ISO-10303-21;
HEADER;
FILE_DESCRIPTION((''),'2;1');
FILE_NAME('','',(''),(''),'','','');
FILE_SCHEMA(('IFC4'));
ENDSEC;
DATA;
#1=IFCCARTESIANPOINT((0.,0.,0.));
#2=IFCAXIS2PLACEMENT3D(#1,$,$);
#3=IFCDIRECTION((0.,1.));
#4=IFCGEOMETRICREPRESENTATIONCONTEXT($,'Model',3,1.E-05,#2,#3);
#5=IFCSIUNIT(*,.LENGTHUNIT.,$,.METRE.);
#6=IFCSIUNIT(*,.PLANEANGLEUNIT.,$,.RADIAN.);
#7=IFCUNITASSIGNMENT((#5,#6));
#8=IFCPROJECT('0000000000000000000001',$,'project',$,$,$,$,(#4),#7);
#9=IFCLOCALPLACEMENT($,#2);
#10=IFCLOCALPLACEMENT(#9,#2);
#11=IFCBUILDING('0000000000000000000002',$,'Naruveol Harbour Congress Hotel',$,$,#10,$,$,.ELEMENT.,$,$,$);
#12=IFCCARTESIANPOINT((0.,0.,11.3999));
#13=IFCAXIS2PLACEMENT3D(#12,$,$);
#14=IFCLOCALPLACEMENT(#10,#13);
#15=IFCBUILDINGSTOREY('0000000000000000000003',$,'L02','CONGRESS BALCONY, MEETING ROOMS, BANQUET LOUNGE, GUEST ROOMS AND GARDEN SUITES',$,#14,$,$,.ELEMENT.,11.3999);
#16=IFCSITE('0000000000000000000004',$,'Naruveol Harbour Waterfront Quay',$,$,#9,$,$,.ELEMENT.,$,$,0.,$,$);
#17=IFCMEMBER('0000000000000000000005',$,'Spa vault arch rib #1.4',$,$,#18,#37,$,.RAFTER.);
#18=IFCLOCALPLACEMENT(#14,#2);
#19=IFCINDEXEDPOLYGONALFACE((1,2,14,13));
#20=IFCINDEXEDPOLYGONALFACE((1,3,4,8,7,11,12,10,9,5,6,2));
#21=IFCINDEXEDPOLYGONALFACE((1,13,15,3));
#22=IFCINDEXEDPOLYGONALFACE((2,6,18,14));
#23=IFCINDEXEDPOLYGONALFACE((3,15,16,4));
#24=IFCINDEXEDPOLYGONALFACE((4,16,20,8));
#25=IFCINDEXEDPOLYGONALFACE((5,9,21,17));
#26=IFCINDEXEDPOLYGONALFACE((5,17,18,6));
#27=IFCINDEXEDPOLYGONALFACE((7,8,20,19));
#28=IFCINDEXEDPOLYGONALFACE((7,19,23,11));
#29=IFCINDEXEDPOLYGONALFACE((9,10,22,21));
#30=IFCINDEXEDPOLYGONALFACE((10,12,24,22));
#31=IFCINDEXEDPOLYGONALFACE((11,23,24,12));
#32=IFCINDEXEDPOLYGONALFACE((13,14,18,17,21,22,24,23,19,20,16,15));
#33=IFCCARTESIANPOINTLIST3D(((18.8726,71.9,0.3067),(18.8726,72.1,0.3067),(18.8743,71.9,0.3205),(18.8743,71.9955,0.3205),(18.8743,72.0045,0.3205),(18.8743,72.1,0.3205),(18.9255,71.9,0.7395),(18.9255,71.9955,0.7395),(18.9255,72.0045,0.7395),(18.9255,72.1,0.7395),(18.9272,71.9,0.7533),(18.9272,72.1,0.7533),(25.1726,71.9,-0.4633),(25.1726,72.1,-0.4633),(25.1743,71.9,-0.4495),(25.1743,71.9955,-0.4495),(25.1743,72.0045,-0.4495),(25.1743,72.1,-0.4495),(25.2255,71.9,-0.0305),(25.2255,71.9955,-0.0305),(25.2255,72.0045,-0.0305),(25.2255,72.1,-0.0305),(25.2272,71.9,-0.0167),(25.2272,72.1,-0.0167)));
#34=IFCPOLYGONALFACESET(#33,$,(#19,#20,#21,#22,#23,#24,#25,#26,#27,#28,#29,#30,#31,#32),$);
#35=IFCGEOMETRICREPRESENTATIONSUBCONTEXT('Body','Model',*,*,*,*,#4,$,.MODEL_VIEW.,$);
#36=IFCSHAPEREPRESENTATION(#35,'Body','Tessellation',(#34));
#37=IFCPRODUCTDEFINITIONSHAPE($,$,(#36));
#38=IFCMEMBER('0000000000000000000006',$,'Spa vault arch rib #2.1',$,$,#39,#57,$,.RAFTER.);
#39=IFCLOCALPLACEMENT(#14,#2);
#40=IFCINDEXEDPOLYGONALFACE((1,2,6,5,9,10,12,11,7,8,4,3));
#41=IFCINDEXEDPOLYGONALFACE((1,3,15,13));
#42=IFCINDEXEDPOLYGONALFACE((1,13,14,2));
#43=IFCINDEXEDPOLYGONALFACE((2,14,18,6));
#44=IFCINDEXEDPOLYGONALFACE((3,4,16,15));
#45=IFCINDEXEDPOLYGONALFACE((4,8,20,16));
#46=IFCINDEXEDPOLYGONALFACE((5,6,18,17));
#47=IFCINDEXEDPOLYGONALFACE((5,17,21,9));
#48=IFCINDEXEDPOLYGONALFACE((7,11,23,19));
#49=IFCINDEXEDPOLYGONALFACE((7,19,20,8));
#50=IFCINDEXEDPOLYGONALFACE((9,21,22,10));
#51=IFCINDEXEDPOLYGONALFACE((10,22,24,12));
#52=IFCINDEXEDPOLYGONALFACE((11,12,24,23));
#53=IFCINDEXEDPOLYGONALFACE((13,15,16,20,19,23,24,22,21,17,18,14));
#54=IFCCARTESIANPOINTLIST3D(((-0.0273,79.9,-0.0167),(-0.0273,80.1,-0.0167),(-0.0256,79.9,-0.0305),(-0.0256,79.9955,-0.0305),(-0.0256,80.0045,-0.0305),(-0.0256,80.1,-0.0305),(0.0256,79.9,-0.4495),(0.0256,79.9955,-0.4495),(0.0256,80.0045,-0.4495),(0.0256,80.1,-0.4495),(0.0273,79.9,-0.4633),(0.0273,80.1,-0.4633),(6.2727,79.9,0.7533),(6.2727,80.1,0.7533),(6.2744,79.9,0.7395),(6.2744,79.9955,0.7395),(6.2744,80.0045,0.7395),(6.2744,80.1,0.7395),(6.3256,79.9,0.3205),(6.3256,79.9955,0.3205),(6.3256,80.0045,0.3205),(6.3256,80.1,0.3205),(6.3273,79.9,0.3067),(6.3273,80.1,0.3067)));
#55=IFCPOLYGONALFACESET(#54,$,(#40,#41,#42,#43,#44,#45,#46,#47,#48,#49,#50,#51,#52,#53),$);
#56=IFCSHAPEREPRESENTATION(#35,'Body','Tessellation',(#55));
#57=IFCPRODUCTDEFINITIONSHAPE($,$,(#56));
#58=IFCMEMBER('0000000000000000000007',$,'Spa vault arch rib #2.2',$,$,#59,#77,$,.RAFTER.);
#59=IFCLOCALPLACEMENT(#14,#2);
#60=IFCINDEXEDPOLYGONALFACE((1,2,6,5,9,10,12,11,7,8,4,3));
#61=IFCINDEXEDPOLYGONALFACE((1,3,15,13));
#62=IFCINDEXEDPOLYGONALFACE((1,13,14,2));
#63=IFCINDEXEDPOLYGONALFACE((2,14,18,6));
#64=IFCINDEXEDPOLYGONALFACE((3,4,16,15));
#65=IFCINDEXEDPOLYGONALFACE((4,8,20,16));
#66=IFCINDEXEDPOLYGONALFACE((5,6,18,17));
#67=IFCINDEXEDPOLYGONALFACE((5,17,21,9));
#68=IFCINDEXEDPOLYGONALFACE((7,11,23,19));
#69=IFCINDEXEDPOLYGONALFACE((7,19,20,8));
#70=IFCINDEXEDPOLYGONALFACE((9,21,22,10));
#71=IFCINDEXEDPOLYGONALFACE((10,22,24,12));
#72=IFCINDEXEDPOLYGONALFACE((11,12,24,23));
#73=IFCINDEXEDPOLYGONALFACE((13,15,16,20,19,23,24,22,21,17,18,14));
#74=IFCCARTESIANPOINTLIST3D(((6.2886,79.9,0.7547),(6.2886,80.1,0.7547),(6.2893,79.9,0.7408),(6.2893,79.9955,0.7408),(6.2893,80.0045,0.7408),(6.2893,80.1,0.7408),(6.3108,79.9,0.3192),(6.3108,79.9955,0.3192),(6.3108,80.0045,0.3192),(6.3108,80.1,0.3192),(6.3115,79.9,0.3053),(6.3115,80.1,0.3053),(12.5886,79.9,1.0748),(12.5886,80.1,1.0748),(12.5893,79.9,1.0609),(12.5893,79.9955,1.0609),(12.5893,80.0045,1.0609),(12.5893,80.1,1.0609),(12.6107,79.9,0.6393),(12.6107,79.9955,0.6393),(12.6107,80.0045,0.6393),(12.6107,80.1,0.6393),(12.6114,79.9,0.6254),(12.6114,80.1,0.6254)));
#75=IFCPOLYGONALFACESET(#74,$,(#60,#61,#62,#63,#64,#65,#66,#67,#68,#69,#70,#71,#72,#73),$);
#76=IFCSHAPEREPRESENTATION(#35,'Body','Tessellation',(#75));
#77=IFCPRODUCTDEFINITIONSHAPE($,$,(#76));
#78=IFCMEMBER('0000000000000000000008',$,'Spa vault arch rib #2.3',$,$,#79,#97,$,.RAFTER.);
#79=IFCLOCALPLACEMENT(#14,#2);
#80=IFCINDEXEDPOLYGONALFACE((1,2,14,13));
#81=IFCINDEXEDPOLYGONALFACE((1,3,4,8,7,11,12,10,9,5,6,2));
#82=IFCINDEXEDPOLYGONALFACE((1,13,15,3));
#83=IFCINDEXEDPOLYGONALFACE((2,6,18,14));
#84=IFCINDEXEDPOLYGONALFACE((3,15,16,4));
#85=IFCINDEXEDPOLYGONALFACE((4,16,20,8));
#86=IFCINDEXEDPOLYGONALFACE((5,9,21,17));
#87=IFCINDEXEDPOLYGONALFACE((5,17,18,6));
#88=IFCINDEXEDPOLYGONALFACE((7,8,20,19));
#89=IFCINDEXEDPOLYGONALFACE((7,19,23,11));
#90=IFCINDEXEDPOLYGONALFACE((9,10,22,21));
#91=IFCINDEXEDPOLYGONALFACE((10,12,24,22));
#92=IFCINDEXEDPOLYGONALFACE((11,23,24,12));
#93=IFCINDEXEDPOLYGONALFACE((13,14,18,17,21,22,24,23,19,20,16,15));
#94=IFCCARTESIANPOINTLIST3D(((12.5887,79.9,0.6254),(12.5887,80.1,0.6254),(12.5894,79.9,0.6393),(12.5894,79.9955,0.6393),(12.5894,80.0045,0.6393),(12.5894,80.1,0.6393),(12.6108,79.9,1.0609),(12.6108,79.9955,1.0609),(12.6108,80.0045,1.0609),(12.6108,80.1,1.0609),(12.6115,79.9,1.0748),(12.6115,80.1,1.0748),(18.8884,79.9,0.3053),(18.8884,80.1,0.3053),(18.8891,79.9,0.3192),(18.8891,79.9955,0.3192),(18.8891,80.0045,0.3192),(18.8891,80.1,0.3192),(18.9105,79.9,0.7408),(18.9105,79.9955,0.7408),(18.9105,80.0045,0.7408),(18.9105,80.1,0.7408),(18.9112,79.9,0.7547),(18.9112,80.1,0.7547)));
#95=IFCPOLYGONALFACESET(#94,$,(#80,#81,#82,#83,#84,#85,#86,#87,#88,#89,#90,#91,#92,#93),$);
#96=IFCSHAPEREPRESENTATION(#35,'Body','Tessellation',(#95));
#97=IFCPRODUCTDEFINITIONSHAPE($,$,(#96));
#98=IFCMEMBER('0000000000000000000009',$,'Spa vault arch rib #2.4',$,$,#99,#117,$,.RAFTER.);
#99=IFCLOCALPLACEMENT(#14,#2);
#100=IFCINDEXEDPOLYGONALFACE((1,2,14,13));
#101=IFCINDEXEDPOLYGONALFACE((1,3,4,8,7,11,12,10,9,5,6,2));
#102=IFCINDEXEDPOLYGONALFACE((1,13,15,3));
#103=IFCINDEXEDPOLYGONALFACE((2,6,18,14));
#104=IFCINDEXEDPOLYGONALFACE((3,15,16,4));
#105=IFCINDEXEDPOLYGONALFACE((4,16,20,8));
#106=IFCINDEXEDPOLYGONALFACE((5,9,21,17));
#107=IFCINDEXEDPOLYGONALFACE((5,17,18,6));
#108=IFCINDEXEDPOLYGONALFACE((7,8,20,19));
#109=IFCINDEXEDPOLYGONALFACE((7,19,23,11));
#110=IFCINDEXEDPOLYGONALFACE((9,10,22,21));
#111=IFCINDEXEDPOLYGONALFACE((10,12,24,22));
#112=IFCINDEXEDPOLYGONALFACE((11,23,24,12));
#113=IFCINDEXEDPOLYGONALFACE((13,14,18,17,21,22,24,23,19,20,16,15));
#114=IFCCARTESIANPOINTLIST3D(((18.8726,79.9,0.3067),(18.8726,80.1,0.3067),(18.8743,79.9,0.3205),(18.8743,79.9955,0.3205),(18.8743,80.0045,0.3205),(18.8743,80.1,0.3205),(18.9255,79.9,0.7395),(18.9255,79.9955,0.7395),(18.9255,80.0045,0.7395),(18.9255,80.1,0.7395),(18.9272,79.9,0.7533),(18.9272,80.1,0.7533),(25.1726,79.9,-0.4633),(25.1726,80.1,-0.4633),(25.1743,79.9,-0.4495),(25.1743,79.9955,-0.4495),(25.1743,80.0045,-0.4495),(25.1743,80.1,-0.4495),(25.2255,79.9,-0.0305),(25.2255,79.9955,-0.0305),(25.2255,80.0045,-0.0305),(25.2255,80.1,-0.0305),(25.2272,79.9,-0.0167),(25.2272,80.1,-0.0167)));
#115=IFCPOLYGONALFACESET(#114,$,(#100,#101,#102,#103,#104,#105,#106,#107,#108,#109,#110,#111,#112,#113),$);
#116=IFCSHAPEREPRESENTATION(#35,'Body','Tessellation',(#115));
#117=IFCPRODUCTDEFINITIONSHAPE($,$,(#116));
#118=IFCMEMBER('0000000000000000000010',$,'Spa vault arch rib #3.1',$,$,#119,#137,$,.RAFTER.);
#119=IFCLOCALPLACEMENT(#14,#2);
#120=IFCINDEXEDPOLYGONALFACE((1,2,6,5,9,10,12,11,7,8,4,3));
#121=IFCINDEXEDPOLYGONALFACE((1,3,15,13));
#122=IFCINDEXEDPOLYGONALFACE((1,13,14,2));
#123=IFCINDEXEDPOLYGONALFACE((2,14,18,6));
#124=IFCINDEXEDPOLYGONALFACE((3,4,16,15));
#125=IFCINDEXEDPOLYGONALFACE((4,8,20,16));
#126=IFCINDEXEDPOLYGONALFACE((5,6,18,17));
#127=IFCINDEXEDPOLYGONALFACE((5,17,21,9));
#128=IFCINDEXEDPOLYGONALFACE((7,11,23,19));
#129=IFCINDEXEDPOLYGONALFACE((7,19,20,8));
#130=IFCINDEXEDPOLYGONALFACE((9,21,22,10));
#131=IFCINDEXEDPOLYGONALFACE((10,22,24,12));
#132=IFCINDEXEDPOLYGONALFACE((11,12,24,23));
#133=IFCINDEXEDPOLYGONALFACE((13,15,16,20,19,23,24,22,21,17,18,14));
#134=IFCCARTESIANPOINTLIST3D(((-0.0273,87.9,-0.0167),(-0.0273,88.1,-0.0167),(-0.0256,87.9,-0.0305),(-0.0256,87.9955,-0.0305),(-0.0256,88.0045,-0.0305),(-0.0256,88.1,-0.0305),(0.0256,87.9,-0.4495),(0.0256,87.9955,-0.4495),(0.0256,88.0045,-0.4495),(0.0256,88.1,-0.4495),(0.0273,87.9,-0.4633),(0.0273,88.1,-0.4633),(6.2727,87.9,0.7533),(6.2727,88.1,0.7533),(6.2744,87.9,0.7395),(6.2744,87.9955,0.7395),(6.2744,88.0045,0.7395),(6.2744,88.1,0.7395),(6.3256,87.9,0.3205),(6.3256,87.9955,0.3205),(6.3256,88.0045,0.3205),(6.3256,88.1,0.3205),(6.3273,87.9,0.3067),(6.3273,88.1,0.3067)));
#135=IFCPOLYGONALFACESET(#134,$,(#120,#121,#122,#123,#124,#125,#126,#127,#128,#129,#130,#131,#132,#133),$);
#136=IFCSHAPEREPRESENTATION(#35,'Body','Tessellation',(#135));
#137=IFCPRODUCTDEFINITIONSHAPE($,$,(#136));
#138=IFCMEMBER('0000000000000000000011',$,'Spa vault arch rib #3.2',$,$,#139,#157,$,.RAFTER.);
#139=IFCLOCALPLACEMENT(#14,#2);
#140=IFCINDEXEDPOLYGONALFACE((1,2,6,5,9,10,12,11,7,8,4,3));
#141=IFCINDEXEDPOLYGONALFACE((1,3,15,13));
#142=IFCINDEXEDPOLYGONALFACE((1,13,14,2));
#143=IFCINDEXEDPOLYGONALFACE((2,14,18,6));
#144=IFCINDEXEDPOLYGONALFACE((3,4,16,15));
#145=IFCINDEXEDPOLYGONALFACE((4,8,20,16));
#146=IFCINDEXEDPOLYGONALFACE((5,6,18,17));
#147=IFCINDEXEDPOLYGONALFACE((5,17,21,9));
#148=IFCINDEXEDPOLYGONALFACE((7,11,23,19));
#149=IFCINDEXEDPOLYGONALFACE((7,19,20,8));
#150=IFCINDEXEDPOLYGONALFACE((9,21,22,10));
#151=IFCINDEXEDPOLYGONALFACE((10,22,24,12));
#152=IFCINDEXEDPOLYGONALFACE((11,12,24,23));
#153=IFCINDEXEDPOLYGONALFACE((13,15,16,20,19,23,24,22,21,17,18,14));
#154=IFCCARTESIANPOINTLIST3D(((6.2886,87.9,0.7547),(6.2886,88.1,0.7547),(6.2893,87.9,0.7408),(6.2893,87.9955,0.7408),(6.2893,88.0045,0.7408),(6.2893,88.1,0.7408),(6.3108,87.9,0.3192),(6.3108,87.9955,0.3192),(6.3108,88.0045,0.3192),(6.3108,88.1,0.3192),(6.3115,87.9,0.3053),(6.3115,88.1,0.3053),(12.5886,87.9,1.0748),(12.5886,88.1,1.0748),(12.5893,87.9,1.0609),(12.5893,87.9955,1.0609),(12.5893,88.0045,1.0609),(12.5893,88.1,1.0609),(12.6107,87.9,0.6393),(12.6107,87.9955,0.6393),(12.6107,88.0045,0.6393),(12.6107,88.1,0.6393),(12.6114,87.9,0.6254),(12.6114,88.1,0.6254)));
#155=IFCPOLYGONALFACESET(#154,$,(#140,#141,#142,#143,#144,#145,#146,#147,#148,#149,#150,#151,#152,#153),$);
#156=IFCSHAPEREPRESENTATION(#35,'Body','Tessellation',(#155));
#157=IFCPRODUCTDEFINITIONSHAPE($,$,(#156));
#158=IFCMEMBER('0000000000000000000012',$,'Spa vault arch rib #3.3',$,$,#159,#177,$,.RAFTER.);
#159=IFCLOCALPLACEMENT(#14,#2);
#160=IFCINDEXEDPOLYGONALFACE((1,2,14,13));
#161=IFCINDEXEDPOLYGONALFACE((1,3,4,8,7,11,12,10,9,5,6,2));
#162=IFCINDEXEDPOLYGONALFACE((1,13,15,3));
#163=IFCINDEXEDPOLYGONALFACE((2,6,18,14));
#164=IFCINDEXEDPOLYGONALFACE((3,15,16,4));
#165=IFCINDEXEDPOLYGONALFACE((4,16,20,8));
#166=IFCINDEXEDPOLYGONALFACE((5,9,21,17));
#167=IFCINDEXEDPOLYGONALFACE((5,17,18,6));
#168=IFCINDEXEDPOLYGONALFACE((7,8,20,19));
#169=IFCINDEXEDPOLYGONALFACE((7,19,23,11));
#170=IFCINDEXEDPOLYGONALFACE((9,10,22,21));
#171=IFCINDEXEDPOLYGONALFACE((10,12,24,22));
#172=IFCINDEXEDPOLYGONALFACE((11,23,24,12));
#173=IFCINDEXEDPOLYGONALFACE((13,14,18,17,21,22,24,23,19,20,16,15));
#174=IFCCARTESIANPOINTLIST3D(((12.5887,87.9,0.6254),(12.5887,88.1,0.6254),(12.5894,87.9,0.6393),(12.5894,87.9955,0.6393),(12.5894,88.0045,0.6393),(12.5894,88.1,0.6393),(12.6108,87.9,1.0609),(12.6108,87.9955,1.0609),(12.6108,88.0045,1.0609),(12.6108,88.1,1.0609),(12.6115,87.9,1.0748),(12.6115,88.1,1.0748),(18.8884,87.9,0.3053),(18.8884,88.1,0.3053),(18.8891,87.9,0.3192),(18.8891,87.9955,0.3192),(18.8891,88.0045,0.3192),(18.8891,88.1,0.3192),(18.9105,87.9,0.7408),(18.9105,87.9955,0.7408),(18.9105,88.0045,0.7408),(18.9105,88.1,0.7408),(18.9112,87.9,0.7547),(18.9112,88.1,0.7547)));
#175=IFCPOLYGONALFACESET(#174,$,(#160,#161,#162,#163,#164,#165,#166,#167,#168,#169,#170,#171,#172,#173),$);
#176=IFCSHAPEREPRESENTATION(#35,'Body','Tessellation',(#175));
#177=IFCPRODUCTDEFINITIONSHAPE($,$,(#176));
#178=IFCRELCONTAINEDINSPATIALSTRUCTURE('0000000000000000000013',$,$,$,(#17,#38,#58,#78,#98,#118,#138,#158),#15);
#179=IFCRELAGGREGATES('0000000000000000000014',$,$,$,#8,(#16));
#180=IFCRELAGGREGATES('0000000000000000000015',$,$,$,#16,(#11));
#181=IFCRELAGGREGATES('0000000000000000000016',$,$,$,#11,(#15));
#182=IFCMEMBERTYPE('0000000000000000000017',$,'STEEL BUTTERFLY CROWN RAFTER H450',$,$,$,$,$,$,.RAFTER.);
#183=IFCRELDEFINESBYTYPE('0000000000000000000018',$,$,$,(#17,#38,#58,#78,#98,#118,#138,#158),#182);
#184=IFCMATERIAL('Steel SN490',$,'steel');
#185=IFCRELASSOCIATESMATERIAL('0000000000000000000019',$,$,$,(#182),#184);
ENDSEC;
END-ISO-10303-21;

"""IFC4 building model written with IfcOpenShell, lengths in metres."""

from ifc_helpers import new_model, si_unit, direction, frame, origin, origin_2d, place, context, subcontext, project, spatial, i_section, extrude, material, material_profile, profile_set, type_object, element, save


model = new_model("IFC4")

# Units and contexts
model_context = context("Model", 3, precision=1e-05, world=origin(), true_north=direction((0.0, 1.0)))
body_context = subcontext(model_context, "Body", "Model", "MODEL_VIEW")
ifc_project = project(units=[si_unit("LENGTHUNIT", "METRE"), si_unit("PLANEANGLEUNIT", "RADIAN")], contexts=[model_context])

# Site, building, storey
site_placement = place(None, origin())
site = spatial("IfcSite", under=ifc_project, at=site_placement, Name="Naruveol Harbour Waterfront Quay", CompositionType="ELEMENT", RefElevation=0.0)
building_placement = place(site_placement, origin())
building = spatial("IfcBuilding", under=site, at=building_placement, Name="Naruveol Harbour Congress Hotel", CompositionType="ELEMENT")
storey_placement = place(building_placement, frame((0.0, 0.0, 11.3999)))
storey = spatial("IfcBuildingStorey", under=building, at=storey_placement, Name="L02", Description="CONGRESS BALCONY, MEETING ROOMS, BANQUET LOUNGE, GUEST ROOMS AND GARDEN SUITES", CompositionType="ELEMENT", Elevation=11.3999)

# Members
ifc_material_1 = material(Name="Steel SN490", Category="steel")
ifc_material_profile_1 = material_profile(ifc_material_1, i_section(OverallWidth=0.2, OverallDepth=0.45, WebThickness=0.009, FlangeThickness=0.0139, at=origin_2d()), Name="H-450x200x9x14")
ifc_profile_set_1 = profile_set([ifc_material_profile_1], Name="Steel SN490")
member_type_1 = type_object("IfcMemberType", Name="STEEL BUTTERFLY CROWN RAFTER H450", PredefinedType="RAFTER", material=ifc_profile_set_1)
for number, where, z_axis, x_axis, name in (
    (1, (18.8999, 72.0, 0.53), (0.992613, 0.0, -0.121322), (0.0, 1.0, 0.0), "Spa vault arch rib #1.4"),
    (2, (0.0, 80.0, -0.24), (0.992613, 0.0, 0.121322), (0.0, 1.0, 0.0), "Spa vault arch rib #2.1"),
):
    element("IfcMember", number, at=place(storey_placement, frame(where, z_axis=z_axis, x_axis=x_axis)), inside=storey, type_object=member_type_1, Name=name, PredefinedType="RAFTER", context=body_context, shape_type="SweptSolid", body=[
        extrude(i_section(OverallWidth=0.2, OverallDepth=0.45, WebThickness=0.009, FlangeThickness=0.0139, at=origin_2d()), origin(), (0.0, 0.0, 1.0), 6.3469),
    ])
member_1_placement = place(storey_placement, frame((6.3, 80.0, 0.53), z_axis=(0.998712, 0.0, 0.050739), x_axis=(0.0, 1.0, 0.0)))
element("IfcMember", 3, at=member_1_placement, inside=storey, type_object=member_type_1, Name="Spa vault arch rib #2.2", PredefinedType="RAFTER", context=body_context, shape_type="SweptSolid", body=[
    extrude(i_section(OverallWidth=0.2, OverallDepth=0.45, WebThickness=0.009, FlangeThickness=0.0139, at=origin_2d()), origin(), (0.0, 0.0, 1.0), 6.3081),
])
member_2_placement = place(storey_placement, frame((12.6001, 80.0, 0.8501), z_axis=(0.998712, 0.0, -0.050741), x_axis=(0.0, 1.0, 0.0)))
element("IfcMember", 4, at=member_2_placement, inside=storey, type_object=member_type_1, Name="Spa vault arch rib #2.3", PredefinedType="RAFTER", context=body_context, shape_type="SweptSolid", body=[
    extrude(i_section(OverallWidth=0.2, OverallDepth=0.45, WebThickness=0.009, FlangeThickness=0.0139, at=origin_2d()), origin(), (0.0, 0.0, 1.0), 6.3079),
])
for number, where, z_axis, x_axis, name in (
    (5, (18.8999, 80.0, 0.53), (0.992613, 0.0, -0.121322), (0.0, 1.0, 0.0), "Spa vault arch rib #2.4"),
    (6, (0.0, 88.0, -0.24), (0.992613, 0.0, 0.121322), (0.0, 1.0, 0.0), "Spa vault arch rib #3.1"),
):
    element("IfcMember", number, at=place(storey_placement, frame(where, z_axis=z_axis, x_axis=x_axis)), inside=storey, type_object=member_type_1, Name=name, PredefinedType="RAFTER", context=body_context, shape_type="SweptSolid", body=[
        extrude(i_section(OverallWidth=0.2, OverallDepth=0.45, WebThickness=0.009, FlangeThickness=0.0139, at=origin_2d()), origin(), (0.0, 0.0, 1.0), 6.3469),
    ])
member_3_placement = place(storey_placement, frame((6.3, 88.0, 0.53), z_axis=(0.998712, 0.0, 0.050739), x_axis=(0.0, 1.0, 0.0)))
element("IfcMember", 7, at=member_3_placement, inside=storey, type_object=member_type_1, Name="Spa vault arch rib #3.2", PredefinedType="RAFTER", context=body_context, shape_type="SweptSolid", body=[
    extrude(i_section(OverallWidth=0.2, OverallDepth=0.45, WebThickness=0.009, FlangeThickness=0.0139, at=origin_2d()), origin(), (0.0, 0.0, 1.0), 6.3081),
])
member_4_placement = place(storey_placement, frame((12.6001, 88.0, 0.8501), z_axis=(0.998712, 0.0, -0.050741), x_axis=(0.0, 1.0, 0.0)))
element("IfcMember", 8, at=member_4_placement, inside=storey, type_object=member_type_1, Name="Spa vault arch rib #3.3", PredefinedType="RAFTER", context=body_context, shape_type="SweptSolid", body=[
    extrude(i_section(OverallWidth=0.2, OverallDepth=0.45, WebThickness=0.009, FlangeThickness=0.0139, at=origin_2d()), origin(), (0.0, 0.0, 1.0), 6.3079),
])

save(model, "model.ifc")
